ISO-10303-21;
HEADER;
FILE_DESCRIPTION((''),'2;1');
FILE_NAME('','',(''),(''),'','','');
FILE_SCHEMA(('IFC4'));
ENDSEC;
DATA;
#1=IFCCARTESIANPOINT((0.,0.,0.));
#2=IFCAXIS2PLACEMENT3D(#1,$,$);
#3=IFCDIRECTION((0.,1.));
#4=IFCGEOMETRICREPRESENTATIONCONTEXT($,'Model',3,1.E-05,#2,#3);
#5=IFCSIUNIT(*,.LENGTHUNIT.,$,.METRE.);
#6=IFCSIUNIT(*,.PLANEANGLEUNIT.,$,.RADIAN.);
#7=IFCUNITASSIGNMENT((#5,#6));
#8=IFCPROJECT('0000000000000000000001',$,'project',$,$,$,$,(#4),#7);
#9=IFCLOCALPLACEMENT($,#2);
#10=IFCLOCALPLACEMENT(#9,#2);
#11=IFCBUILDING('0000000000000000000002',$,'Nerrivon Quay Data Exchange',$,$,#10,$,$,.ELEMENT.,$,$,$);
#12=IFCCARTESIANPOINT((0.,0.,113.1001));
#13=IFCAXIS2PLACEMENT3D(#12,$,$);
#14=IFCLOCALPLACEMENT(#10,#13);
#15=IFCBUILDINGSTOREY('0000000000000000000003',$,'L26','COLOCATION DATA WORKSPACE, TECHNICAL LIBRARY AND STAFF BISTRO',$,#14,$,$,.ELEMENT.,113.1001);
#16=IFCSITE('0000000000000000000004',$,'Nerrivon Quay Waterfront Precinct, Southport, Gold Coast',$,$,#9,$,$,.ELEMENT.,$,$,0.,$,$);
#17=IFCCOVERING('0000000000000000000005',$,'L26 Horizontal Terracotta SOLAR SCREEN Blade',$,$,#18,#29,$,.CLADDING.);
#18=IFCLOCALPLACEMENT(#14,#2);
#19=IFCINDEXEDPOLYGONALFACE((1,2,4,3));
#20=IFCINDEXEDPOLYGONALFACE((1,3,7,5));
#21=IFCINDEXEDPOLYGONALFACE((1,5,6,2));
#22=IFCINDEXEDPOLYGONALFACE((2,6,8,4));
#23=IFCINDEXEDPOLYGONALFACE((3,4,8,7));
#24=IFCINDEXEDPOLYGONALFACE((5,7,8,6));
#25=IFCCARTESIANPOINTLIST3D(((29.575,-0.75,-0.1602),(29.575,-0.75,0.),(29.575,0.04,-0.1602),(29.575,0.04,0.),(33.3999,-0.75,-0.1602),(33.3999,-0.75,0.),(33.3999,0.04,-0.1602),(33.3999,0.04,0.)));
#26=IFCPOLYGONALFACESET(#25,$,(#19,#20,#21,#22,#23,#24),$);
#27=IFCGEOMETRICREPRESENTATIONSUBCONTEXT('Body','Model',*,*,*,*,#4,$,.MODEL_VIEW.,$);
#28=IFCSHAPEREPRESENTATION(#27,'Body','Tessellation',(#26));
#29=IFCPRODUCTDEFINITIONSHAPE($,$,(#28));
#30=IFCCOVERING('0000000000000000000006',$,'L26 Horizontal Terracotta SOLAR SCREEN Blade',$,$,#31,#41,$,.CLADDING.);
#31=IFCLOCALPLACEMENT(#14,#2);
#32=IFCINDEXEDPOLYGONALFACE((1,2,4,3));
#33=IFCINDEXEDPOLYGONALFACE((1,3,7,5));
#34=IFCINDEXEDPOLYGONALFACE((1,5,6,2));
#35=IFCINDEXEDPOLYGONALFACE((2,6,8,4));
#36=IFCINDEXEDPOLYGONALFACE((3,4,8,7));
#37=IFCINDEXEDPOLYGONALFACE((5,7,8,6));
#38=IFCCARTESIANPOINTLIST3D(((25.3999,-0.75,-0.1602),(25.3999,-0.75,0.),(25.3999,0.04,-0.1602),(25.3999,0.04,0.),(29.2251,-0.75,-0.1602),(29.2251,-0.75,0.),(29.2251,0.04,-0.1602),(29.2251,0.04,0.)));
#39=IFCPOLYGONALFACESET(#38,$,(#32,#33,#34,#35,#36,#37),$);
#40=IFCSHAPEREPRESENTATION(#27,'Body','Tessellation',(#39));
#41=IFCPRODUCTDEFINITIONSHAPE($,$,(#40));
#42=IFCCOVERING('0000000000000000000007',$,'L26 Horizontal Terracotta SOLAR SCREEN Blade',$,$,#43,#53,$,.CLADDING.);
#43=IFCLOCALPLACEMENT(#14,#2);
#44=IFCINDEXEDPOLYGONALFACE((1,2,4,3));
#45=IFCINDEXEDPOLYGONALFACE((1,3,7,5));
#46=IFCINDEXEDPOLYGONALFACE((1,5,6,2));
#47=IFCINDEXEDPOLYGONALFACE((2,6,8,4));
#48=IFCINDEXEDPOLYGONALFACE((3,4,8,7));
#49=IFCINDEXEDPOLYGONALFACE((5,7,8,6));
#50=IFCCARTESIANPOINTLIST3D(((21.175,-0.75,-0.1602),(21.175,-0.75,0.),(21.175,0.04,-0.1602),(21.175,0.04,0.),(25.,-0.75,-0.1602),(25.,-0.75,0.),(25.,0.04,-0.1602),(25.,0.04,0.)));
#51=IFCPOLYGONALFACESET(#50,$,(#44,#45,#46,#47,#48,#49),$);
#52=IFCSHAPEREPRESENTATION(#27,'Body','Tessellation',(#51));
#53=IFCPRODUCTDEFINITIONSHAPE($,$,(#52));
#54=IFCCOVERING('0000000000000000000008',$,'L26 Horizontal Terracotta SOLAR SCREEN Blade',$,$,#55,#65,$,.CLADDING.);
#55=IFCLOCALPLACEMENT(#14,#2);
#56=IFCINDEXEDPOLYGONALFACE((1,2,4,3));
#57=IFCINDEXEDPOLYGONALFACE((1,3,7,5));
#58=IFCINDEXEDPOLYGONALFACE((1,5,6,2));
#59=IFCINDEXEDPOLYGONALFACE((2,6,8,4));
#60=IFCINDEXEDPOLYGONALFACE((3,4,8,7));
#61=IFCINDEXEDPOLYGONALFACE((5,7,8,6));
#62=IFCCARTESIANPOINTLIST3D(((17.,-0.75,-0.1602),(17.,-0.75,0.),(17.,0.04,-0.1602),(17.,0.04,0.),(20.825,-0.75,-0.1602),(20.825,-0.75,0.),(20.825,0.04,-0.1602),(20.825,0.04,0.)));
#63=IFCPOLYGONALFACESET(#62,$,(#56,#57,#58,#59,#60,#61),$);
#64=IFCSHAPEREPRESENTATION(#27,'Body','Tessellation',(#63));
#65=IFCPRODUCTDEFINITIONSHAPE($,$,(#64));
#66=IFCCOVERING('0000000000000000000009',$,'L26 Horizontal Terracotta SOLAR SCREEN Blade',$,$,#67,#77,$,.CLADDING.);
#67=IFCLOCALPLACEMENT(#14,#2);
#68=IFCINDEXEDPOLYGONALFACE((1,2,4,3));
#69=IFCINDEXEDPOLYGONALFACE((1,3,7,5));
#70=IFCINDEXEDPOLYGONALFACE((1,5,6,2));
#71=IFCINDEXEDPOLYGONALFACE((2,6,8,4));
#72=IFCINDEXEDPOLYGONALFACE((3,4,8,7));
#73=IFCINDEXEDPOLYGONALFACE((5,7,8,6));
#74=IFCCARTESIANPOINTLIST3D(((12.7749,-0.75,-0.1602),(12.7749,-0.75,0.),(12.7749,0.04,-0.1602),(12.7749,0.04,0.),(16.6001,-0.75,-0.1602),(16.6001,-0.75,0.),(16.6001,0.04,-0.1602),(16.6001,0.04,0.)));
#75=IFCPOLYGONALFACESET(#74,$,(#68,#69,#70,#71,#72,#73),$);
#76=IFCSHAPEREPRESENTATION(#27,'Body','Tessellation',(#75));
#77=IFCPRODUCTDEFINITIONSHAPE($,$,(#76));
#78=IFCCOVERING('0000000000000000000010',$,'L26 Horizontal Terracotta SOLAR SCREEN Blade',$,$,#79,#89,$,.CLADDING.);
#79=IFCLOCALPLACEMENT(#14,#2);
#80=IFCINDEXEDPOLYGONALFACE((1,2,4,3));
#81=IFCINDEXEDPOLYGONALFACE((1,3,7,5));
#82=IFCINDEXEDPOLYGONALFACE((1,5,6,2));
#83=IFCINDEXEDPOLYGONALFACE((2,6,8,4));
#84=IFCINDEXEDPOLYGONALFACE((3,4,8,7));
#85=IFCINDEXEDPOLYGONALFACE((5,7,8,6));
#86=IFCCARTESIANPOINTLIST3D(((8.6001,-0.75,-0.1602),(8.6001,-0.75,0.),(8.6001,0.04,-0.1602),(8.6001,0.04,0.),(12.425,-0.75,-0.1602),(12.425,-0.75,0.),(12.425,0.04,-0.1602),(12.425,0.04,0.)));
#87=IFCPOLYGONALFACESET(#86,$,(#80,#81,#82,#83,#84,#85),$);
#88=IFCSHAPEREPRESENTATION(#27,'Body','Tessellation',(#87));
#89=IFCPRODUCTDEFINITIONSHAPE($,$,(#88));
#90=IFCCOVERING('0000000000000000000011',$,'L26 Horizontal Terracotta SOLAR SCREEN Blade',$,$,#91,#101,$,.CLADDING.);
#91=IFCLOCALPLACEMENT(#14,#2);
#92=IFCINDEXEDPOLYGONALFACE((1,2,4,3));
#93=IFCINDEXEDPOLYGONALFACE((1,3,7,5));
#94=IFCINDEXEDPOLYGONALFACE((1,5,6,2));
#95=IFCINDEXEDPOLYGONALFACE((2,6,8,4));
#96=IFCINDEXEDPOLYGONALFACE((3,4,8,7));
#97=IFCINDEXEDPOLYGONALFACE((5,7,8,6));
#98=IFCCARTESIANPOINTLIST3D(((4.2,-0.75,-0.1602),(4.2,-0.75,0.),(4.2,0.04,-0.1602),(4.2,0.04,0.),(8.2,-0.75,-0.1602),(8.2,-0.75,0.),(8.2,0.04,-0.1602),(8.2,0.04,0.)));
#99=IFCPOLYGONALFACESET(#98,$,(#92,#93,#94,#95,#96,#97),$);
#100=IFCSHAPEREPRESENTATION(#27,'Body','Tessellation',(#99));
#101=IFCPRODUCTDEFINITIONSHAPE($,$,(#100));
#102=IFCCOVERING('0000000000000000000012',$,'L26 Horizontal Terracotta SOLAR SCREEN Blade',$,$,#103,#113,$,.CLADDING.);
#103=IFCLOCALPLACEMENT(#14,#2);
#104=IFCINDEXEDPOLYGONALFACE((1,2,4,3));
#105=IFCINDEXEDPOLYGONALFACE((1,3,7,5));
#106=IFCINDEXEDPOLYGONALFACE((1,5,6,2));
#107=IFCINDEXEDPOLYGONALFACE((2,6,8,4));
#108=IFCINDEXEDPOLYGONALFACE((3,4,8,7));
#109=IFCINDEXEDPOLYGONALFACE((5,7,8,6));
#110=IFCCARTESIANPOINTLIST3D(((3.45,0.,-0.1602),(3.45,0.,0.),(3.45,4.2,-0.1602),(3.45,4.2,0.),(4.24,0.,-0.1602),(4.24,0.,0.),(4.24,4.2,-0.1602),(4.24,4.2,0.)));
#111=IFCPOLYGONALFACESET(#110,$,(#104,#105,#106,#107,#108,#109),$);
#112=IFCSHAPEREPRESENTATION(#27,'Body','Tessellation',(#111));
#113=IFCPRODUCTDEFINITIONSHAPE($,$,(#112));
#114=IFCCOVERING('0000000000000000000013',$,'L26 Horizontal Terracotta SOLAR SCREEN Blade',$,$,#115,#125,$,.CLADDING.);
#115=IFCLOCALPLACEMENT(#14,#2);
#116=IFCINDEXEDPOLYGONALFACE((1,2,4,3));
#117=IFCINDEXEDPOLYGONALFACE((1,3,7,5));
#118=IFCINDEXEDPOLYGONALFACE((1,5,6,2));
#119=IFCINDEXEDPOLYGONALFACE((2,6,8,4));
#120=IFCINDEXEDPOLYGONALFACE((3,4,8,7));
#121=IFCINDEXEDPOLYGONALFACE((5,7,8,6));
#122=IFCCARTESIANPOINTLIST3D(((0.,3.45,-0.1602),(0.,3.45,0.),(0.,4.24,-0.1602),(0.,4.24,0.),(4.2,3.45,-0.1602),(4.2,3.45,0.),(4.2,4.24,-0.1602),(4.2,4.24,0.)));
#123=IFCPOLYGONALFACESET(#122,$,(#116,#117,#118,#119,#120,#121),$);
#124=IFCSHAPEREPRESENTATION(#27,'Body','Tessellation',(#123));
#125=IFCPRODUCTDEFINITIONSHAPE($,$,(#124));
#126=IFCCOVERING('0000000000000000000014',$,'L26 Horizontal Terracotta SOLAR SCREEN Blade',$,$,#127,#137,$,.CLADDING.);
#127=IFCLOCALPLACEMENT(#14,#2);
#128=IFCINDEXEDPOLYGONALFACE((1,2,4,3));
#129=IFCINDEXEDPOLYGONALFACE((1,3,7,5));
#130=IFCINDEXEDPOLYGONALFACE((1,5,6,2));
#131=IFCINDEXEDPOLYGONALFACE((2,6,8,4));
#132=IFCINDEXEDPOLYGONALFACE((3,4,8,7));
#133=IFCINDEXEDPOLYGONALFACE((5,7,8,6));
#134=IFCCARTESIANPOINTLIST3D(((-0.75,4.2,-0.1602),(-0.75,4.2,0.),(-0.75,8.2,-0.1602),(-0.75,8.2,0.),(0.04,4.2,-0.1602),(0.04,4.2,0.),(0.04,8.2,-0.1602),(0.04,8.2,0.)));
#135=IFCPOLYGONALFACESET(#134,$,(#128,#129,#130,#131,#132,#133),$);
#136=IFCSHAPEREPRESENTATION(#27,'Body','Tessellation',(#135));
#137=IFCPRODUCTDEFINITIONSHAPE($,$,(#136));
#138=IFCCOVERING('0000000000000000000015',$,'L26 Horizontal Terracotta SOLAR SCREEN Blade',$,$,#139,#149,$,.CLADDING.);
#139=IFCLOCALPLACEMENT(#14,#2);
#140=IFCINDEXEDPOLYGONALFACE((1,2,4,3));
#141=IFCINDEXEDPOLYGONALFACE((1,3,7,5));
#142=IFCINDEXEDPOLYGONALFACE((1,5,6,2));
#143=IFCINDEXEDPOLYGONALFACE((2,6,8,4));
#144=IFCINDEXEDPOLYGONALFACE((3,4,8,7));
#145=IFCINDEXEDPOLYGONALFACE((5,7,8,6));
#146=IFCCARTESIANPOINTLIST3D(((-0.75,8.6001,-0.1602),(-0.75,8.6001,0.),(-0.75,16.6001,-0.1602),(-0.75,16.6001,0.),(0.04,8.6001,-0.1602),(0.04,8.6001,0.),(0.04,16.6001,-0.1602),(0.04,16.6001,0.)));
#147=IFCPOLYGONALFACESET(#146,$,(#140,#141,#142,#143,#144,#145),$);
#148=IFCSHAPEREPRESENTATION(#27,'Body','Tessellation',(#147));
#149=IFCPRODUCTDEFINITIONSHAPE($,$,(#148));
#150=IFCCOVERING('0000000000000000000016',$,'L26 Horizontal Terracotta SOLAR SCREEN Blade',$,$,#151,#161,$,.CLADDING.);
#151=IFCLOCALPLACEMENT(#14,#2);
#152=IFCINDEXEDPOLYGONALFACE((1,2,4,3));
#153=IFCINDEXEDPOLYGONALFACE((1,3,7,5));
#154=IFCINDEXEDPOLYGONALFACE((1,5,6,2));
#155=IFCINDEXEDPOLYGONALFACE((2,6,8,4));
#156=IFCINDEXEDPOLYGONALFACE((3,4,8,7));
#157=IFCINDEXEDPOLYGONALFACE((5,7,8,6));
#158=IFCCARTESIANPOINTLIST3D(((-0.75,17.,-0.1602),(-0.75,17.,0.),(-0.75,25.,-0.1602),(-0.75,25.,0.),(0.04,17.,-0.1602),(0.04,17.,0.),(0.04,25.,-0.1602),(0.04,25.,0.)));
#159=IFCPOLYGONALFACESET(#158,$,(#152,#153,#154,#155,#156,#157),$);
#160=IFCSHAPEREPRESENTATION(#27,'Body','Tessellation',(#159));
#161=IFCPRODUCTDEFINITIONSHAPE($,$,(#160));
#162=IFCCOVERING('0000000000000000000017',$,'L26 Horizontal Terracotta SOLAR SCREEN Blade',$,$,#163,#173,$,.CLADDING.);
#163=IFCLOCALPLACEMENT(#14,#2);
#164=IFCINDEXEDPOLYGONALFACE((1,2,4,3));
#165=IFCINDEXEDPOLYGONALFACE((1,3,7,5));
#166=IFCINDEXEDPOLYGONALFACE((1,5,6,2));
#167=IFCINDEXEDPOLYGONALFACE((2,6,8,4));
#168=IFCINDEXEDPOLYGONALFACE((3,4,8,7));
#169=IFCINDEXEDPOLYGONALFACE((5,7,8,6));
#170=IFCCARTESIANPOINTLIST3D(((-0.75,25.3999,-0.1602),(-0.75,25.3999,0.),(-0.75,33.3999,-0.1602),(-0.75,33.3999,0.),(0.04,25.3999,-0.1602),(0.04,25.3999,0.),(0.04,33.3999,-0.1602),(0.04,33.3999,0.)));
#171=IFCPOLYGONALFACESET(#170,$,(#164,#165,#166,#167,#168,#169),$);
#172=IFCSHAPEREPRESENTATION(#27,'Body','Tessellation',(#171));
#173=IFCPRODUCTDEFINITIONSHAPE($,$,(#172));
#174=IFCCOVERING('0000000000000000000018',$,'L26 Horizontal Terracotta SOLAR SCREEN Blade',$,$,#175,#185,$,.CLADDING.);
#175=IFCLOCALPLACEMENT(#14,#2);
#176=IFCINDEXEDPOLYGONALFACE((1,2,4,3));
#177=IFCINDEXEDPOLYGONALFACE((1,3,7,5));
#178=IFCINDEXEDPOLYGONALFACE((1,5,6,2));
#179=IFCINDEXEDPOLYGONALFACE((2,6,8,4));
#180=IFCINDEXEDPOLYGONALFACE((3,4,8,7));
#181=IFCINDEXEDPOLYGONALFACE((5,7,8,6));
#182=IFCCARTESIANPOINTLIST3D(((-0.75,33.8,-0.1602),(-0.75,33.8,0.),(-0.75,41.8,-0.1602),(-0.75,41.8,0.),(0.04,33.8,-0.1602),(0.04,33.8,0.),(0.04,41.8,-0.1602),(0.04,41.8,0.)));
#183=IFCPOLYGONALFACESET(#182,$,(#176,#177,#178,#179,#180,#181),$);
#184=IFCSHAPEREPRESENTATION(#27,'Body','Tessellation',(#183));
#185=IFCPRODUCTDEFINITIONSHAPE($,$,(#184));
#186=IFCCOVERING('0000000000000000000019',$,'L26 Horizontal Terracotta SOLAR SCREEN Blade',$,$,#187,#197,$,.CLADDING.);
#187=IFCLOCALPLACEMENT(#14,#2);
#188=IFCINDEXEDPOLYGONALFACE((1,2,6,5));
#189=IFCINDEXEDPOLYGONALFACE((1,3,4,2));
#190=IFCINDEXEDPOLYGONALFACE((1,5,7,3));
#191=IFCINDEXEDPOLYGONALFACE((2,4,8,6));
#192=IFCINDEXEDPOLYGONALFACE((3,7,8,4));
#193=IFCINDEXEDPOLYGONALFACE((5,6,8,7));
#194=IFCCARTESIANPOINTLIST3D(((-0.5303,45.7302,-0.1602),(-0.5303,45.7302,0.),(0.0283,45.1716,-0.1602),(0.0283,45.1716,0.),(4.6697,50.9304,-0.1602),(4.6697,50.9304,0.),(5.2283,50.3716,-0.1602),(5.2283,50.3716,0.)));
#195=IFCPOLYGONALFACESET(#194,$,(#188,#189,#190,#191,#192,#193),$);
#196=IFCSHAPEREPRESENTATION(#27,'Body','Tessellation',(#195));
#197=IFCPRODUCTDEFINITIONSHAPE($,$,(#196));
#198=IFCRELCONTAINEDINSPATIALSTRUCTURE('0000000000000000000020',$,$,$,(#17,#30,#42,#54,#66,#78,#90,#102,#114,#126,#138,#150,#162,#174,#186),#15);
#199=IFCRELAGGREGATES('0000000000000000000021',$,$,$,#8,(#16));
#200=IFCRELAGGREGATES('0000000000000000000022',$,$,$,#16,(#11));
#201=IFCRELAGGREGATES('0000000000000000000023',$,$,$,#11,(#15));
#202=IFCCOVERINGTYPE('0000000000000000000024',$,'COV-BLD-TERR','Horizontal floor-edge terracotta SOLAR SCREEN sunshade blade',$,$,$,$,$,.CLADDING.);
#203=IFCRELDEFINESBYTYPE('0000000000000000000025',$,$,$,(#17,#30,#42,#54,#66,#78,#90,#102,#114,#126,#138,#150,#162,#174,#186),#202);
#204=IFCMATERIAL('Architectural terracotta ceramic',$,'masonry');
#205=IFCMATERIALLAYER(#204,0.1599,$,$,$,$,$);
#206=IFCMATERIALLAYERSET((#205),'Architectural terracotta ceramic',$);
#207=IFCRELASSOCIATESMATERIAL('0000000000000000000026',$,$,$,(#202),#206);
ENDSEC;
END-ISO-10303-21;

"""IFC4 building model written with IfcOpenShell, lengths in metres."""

from ifc_helpers import new_model, si_unit, direction, frame, origin, place, context, subcontext, project, spatial, polyline, outline, extrude, material, layer, layer_set, type_object, element, save


model = new_model("IFC4")

# Units and contexts
model_context = context("Model", 3, precision=1e-05, world=origin(), true_north=direction((0.0, 1.0)))
body_context = subcontext(model_context, "Body", "Model", "MODEL_VIEW")
ifc_project = project(units=[si_unit("LENGTHUNIT", "METRE"), si_unit("PLANEANGLEUNIT", "RADIAN")], contexts=[model_context])

# Site, building, storey
site_placement = place(None, origin())
site = spatial("IfcSite", under=ifc_project, at=site_placement, Name="Nerrivon Quay Waterfront Precinct, Southport, Gold Coast", CompositionType="ELEMENT", RefElevation=0.0)
building_placement = place(site_placement, origin())
building = spatial("IfcBuilding", under=site, at=building_placement, Name="Nerrivon Quay Data Exchange", CompositionType="ELEMENT")
storey_placement = place(building_placement, frame((0.0, 0.0, 113.1001)))
storey = spatial("IfcBuildingStorey", under=building, at=storey_placement, Name="L26", Description="COLOCATION DATA WORKSPACE, TECHNICAL LIBRARY AND STAFF BISTRO", CompositionType="ELEMENT", Elevation=113.1001)

# Coverings
ifc_material_1 = material(Name="Architectural terracotta ceramic", Category="masonry")
ifc_layer_1 = layer(ifc_material_1, 0.1599)
ifc_layer_set_1 = layer_set([ifc_layer_1], Name="Architectural terracotta ceramic")
covering_type = type_object("IfcCoveringType", Name="COV-BLD-TERR", Description="Horizontal floor-edge terracotta SOLAR SCREEN sunshade blade", PredefinedType="CLADDING", material=ifc_layer_set_1)
covering_1_placement = place(storey_placement, frame((0.0, 0.0, -0.1602)))
element("IfcCovering", 1, at=covering_1_placement, inside=storey, type_object=covering_type, Name="L26 Horizontal Terracotta SOLAR SCREEN Blade", PredefinedType="CLADDING", context=body_context, shape_type="SweptSolid", body=[
    extrude(outline(polyline([(33.3999, 0.04), (29.575, 0.04), (29.575, -0.75), (33.3999, -0.75), (33.3999, 0.04)])), origin(), (0.0, 0.0, 1.0), 0.1602),
])
covering_2_placement = place(storey_placement, frame((0.0, 0.0, -0.1602)))
element("IfcCovering", 2, at=covering_2_placement, inside=storey, type_object=covering_type, Name="L26 Horizontal Terracotta SOLAR SCREEN Blade", PredefinedType="CLADDING", context=body_context, shape_type="SweptSolid", body=[
    extrude(outline(polyline([(29.2251, 0.04), (25.3999, 0.04), (25.3999, -0.75), (29.2251, -0.75), (29.2251, 0.04)])), origin(), (0.0, 0.0, 1.0), 0.1602),
])
covering_3_placement = place(storey_placement, frame((0.0, 0.0, -0.1602)))
element("IfcCovering", 3, at=covering_3_placement, inside=storey, type_object=covering_type, Name="L26 Horizontal Terracotta SOLAR SCREEN Blade", PredefinedType="CLADDING", context=body_context, shape_type="SweptSolid", body=[
    extrude(outline(polyline([(25.0, 0.04), (21.175, 0.04), (21.175, -0.75), (25.0, -0.75), (25.0, 0.04)])), origin(), (0.0, 0.0, 1.0), 0.1602),
])
covering_4_placement = place(storey_placement, frame((0.0, 0.0, -0.1602)))
element("IfcCovering", 4, at=covering_4_placement, inside=storey, type_object=covering_type, Name="L26 Horizontal Terracotta SOLAR SCREEN Blade", PredefinedType="CLADDING", context=body_context, shape_type="SweptSolid", body=[
    extrude(outline(polyline([(20.825, 0.04), (17.0, 0.04), (17.0, -0.75), (20.825, -0.75), (20.825, 0.04)])), origin(), (0.0, 0.0, 1.0), 0.1602),
])
covering_5_placement = place(storey_placement, frame((0.0, 0.0, -0.1602)))
element("IfcCovering", 5, at=covering_5_placement, inside=storey, type_object=covering_type, Name="L26 Horizontal Terracotta SOLAR SCREEN Blade", PredefinedType="CLADDING", context=body_context, shape_type="SweptSolid", body=[
    extrude(outline(polyline([(16.6001, 0.04), (12.7749, 0.04), (12.7749, -0.75), (16.6001, -0.75), (16.6001, 0.04)])), origin(), (0.0, 0.0, 1.0), 0.1602),
])
covering_6_placement = place(storey_placement, frame((0.0, 0.0, -0.1602)))
element("IfcCovering", 6, at=covering_6_placement, inside=storey, type_object=covering_type, Name="L26 Horizontal Terracotta SOLAR SCREEN Blade", PredefinedType="CLADDING", context=body_context, shape_type="SweptSolid", body=[
    extrude(outline(polyline([(12.425, 0.04), (8.6001, 0.04), (8.6001, -0.75), (12.425, -0.75), (12.425, 0.04)])), origin(), (0.0, 0.0, 1.0), 0.1602),
])
covering_7_placement = place(storey_placement, frame((0.0, 0.0, -0.1602)))
element("IfcCovering", 7, at=covering_7_placement, inside=storey, type_object=covering_type, Name="L26 Horizontal Terracotta SOLAR SCREEN Blade", PredefinedType="CLADDING", context=body_context, shape_type="SweptSolid", body=[
    extrude(outline(polyline([(8.2, 0.04), (4.2, 0.04), (4.2, -0.75), (8.2, -0.75), (8.2, 0.04)])), origin(), (0.0, 0.0, 1.0), 0.1602),
])
covering_8_placement = place(storey_placement, frame((0.0, 0.0, -0.1602)))
element("IfcCovering", 8, at=covering_8_placement, inside=storey, type_object=covering_type, Name="L26 Horizontal Terracotta SOLAR SCREEN Blade", PredefinedType="CLADDING", context=body_context, shape_type="SweptSolid", body=[
    extrude(outline(polyline([(4.24, 0.0), (4.24, 4.2), (3.45, 4.2), (3.45, 0.0), (4.24, 0.0)])), origin(), (0.0, 0.0, 1.0), 0.1602),
])
covering_9_placement = place(storey_placement, frame((0.0, 0.0, -0.1602)))
element("IfcCovering", 9, at=covering_9_placement, inside=storey, type_object=covering_type, Name="L26 Horizontal Terracotta SOLAR SCREEN Blade", PredefinedType="CLADDING", context=body_context, shape_type="SweptSolid", body=[
    extrude(outline(polyline([(4.2, 4.24), (0.0, 4.24), (0.0, 3.45), (4.2, 3.45), (4.2, 4.24)])), origin(), (0.0, 0.0, 1.0), 0.1602),
])
covering_10_placement = place(storey_placement, frame((0.0, 0.0, -0.1602)))
element("IfcCovering", 10, at=covering_10_placement, inside=storey, type_object=covering_type, Name="L26 Horizontal Terracotta SOLAR SCREEN Blade", PredefinedType="CLADDING", context=body_context, shape_type="SweptSolid", body=[
    extrude(outline(polyline([(0.04, 4.2), (0.04, 8.2), (-0.75, 8.2), (-0.75, 4.2), (0.04, 4.2)])), origin(), (0.0, 0.0, 1.0), 0.1602),
])
covering_11_placement = place(storey_placement, frame((0.0, 0.0, -0.1602)))
element("IfcCovering", 11, at=covering_11_placement, inside=storey, type_object=covering_type, Name="L26 Horizontal Terracotta SOLAR SCREEN Blade", PredefinedType="CLADDING", context=body_context, shape_type="SweptSolid", body=[
    extrude(outline(polyline([(0.04, 8.6001), (0.04, 16.6001), (-0.75, 16.6001), (-0.75, 8.6001), (0.04, 8.6001)])), origin(), (0.0, 0.0, 1.0), 0.1602),
])
covering_12_placement = place(storey_placement, frame((0.0, 0.0, -0.1602)))
element("IfcCovering", 12, at=covering_12_placement, inside=storey, type_object=covering_type, Name="L26 Horizontal Terracotta SOLAR SCREEN Blade", PredefinedType="CLADDING", context=body_context, shape_type="SweptSolid", body=[
    extrude(outline(polyline([(0.04, 17.0), (0.04, 25.0), (-0.75, 25.0), (-0.75, 17.0), (0.04, 17.0)])), origin(), (0.0, 0.0, 1.0), 0.1602),
])
covering_13_placement = place(storey_placement, frame((0.0, 0.0, -0.1602)))
element("IfcCovering", 13, at=covering_13_placement, inside=storey, type_object=covering_type, Name="L26 Horizontal Terracotta SOLAR SCREEN Blade", PredefinedType="CLADDING", context=body_context, shape_type="SweptSolid", body=[
    extrude(outline(polyline([(0.04, 25.3999), (0.04, 33.3999), (-0.75, 33.3999), (-0.75, 25.3999), (0.04, 25.3999)])), origin(), (0.0, 0.0, 1.0), 0.1602),
])
covering_14_placement = place(storey_placement, frame((0.0, 0.0, -0.1602)))
element("IfcCovering", 14, at=covering_14_placement, inside=storey, type_object=covering_type, Name="L26 Horizontal Terracotta SOLAR SCREEN Blade", PredefinedType="CLADDING", context=body_context, shape_type="SweptSolid", body=[
    extrude(outline(polyline([(0.04, 33.8), (0.04, 41.8), (-0.75, 41.8), (-0.75, 33.8), (0.04, 33.8)])), origin(), (0.0, 0.0, 1.0), 0.1602),
])
covering_15_placement = place(storey_placement, frame((0.0, 0.0, -0.1602)))
element("IfcCovering", 15, at=covering_15_placement, inside=storey, type_object=covering_type, Name="L26 Horizontal Terracotta SOLAR SCREEN Blade", PredefinedType="CLADDING", context=body_context, shape_type="SweptSolid", body=[
    extrude(outline(polyline([(0.0283, 45.1716), (5.2283, 50.3716), (4.6697, 50.9304), (-0.5303, 45.7302), (0.0283, 45.1716)])), origin(), (0.0, 0.0, 1.0), 0.1602),
])

save(model, "model.ifc")
